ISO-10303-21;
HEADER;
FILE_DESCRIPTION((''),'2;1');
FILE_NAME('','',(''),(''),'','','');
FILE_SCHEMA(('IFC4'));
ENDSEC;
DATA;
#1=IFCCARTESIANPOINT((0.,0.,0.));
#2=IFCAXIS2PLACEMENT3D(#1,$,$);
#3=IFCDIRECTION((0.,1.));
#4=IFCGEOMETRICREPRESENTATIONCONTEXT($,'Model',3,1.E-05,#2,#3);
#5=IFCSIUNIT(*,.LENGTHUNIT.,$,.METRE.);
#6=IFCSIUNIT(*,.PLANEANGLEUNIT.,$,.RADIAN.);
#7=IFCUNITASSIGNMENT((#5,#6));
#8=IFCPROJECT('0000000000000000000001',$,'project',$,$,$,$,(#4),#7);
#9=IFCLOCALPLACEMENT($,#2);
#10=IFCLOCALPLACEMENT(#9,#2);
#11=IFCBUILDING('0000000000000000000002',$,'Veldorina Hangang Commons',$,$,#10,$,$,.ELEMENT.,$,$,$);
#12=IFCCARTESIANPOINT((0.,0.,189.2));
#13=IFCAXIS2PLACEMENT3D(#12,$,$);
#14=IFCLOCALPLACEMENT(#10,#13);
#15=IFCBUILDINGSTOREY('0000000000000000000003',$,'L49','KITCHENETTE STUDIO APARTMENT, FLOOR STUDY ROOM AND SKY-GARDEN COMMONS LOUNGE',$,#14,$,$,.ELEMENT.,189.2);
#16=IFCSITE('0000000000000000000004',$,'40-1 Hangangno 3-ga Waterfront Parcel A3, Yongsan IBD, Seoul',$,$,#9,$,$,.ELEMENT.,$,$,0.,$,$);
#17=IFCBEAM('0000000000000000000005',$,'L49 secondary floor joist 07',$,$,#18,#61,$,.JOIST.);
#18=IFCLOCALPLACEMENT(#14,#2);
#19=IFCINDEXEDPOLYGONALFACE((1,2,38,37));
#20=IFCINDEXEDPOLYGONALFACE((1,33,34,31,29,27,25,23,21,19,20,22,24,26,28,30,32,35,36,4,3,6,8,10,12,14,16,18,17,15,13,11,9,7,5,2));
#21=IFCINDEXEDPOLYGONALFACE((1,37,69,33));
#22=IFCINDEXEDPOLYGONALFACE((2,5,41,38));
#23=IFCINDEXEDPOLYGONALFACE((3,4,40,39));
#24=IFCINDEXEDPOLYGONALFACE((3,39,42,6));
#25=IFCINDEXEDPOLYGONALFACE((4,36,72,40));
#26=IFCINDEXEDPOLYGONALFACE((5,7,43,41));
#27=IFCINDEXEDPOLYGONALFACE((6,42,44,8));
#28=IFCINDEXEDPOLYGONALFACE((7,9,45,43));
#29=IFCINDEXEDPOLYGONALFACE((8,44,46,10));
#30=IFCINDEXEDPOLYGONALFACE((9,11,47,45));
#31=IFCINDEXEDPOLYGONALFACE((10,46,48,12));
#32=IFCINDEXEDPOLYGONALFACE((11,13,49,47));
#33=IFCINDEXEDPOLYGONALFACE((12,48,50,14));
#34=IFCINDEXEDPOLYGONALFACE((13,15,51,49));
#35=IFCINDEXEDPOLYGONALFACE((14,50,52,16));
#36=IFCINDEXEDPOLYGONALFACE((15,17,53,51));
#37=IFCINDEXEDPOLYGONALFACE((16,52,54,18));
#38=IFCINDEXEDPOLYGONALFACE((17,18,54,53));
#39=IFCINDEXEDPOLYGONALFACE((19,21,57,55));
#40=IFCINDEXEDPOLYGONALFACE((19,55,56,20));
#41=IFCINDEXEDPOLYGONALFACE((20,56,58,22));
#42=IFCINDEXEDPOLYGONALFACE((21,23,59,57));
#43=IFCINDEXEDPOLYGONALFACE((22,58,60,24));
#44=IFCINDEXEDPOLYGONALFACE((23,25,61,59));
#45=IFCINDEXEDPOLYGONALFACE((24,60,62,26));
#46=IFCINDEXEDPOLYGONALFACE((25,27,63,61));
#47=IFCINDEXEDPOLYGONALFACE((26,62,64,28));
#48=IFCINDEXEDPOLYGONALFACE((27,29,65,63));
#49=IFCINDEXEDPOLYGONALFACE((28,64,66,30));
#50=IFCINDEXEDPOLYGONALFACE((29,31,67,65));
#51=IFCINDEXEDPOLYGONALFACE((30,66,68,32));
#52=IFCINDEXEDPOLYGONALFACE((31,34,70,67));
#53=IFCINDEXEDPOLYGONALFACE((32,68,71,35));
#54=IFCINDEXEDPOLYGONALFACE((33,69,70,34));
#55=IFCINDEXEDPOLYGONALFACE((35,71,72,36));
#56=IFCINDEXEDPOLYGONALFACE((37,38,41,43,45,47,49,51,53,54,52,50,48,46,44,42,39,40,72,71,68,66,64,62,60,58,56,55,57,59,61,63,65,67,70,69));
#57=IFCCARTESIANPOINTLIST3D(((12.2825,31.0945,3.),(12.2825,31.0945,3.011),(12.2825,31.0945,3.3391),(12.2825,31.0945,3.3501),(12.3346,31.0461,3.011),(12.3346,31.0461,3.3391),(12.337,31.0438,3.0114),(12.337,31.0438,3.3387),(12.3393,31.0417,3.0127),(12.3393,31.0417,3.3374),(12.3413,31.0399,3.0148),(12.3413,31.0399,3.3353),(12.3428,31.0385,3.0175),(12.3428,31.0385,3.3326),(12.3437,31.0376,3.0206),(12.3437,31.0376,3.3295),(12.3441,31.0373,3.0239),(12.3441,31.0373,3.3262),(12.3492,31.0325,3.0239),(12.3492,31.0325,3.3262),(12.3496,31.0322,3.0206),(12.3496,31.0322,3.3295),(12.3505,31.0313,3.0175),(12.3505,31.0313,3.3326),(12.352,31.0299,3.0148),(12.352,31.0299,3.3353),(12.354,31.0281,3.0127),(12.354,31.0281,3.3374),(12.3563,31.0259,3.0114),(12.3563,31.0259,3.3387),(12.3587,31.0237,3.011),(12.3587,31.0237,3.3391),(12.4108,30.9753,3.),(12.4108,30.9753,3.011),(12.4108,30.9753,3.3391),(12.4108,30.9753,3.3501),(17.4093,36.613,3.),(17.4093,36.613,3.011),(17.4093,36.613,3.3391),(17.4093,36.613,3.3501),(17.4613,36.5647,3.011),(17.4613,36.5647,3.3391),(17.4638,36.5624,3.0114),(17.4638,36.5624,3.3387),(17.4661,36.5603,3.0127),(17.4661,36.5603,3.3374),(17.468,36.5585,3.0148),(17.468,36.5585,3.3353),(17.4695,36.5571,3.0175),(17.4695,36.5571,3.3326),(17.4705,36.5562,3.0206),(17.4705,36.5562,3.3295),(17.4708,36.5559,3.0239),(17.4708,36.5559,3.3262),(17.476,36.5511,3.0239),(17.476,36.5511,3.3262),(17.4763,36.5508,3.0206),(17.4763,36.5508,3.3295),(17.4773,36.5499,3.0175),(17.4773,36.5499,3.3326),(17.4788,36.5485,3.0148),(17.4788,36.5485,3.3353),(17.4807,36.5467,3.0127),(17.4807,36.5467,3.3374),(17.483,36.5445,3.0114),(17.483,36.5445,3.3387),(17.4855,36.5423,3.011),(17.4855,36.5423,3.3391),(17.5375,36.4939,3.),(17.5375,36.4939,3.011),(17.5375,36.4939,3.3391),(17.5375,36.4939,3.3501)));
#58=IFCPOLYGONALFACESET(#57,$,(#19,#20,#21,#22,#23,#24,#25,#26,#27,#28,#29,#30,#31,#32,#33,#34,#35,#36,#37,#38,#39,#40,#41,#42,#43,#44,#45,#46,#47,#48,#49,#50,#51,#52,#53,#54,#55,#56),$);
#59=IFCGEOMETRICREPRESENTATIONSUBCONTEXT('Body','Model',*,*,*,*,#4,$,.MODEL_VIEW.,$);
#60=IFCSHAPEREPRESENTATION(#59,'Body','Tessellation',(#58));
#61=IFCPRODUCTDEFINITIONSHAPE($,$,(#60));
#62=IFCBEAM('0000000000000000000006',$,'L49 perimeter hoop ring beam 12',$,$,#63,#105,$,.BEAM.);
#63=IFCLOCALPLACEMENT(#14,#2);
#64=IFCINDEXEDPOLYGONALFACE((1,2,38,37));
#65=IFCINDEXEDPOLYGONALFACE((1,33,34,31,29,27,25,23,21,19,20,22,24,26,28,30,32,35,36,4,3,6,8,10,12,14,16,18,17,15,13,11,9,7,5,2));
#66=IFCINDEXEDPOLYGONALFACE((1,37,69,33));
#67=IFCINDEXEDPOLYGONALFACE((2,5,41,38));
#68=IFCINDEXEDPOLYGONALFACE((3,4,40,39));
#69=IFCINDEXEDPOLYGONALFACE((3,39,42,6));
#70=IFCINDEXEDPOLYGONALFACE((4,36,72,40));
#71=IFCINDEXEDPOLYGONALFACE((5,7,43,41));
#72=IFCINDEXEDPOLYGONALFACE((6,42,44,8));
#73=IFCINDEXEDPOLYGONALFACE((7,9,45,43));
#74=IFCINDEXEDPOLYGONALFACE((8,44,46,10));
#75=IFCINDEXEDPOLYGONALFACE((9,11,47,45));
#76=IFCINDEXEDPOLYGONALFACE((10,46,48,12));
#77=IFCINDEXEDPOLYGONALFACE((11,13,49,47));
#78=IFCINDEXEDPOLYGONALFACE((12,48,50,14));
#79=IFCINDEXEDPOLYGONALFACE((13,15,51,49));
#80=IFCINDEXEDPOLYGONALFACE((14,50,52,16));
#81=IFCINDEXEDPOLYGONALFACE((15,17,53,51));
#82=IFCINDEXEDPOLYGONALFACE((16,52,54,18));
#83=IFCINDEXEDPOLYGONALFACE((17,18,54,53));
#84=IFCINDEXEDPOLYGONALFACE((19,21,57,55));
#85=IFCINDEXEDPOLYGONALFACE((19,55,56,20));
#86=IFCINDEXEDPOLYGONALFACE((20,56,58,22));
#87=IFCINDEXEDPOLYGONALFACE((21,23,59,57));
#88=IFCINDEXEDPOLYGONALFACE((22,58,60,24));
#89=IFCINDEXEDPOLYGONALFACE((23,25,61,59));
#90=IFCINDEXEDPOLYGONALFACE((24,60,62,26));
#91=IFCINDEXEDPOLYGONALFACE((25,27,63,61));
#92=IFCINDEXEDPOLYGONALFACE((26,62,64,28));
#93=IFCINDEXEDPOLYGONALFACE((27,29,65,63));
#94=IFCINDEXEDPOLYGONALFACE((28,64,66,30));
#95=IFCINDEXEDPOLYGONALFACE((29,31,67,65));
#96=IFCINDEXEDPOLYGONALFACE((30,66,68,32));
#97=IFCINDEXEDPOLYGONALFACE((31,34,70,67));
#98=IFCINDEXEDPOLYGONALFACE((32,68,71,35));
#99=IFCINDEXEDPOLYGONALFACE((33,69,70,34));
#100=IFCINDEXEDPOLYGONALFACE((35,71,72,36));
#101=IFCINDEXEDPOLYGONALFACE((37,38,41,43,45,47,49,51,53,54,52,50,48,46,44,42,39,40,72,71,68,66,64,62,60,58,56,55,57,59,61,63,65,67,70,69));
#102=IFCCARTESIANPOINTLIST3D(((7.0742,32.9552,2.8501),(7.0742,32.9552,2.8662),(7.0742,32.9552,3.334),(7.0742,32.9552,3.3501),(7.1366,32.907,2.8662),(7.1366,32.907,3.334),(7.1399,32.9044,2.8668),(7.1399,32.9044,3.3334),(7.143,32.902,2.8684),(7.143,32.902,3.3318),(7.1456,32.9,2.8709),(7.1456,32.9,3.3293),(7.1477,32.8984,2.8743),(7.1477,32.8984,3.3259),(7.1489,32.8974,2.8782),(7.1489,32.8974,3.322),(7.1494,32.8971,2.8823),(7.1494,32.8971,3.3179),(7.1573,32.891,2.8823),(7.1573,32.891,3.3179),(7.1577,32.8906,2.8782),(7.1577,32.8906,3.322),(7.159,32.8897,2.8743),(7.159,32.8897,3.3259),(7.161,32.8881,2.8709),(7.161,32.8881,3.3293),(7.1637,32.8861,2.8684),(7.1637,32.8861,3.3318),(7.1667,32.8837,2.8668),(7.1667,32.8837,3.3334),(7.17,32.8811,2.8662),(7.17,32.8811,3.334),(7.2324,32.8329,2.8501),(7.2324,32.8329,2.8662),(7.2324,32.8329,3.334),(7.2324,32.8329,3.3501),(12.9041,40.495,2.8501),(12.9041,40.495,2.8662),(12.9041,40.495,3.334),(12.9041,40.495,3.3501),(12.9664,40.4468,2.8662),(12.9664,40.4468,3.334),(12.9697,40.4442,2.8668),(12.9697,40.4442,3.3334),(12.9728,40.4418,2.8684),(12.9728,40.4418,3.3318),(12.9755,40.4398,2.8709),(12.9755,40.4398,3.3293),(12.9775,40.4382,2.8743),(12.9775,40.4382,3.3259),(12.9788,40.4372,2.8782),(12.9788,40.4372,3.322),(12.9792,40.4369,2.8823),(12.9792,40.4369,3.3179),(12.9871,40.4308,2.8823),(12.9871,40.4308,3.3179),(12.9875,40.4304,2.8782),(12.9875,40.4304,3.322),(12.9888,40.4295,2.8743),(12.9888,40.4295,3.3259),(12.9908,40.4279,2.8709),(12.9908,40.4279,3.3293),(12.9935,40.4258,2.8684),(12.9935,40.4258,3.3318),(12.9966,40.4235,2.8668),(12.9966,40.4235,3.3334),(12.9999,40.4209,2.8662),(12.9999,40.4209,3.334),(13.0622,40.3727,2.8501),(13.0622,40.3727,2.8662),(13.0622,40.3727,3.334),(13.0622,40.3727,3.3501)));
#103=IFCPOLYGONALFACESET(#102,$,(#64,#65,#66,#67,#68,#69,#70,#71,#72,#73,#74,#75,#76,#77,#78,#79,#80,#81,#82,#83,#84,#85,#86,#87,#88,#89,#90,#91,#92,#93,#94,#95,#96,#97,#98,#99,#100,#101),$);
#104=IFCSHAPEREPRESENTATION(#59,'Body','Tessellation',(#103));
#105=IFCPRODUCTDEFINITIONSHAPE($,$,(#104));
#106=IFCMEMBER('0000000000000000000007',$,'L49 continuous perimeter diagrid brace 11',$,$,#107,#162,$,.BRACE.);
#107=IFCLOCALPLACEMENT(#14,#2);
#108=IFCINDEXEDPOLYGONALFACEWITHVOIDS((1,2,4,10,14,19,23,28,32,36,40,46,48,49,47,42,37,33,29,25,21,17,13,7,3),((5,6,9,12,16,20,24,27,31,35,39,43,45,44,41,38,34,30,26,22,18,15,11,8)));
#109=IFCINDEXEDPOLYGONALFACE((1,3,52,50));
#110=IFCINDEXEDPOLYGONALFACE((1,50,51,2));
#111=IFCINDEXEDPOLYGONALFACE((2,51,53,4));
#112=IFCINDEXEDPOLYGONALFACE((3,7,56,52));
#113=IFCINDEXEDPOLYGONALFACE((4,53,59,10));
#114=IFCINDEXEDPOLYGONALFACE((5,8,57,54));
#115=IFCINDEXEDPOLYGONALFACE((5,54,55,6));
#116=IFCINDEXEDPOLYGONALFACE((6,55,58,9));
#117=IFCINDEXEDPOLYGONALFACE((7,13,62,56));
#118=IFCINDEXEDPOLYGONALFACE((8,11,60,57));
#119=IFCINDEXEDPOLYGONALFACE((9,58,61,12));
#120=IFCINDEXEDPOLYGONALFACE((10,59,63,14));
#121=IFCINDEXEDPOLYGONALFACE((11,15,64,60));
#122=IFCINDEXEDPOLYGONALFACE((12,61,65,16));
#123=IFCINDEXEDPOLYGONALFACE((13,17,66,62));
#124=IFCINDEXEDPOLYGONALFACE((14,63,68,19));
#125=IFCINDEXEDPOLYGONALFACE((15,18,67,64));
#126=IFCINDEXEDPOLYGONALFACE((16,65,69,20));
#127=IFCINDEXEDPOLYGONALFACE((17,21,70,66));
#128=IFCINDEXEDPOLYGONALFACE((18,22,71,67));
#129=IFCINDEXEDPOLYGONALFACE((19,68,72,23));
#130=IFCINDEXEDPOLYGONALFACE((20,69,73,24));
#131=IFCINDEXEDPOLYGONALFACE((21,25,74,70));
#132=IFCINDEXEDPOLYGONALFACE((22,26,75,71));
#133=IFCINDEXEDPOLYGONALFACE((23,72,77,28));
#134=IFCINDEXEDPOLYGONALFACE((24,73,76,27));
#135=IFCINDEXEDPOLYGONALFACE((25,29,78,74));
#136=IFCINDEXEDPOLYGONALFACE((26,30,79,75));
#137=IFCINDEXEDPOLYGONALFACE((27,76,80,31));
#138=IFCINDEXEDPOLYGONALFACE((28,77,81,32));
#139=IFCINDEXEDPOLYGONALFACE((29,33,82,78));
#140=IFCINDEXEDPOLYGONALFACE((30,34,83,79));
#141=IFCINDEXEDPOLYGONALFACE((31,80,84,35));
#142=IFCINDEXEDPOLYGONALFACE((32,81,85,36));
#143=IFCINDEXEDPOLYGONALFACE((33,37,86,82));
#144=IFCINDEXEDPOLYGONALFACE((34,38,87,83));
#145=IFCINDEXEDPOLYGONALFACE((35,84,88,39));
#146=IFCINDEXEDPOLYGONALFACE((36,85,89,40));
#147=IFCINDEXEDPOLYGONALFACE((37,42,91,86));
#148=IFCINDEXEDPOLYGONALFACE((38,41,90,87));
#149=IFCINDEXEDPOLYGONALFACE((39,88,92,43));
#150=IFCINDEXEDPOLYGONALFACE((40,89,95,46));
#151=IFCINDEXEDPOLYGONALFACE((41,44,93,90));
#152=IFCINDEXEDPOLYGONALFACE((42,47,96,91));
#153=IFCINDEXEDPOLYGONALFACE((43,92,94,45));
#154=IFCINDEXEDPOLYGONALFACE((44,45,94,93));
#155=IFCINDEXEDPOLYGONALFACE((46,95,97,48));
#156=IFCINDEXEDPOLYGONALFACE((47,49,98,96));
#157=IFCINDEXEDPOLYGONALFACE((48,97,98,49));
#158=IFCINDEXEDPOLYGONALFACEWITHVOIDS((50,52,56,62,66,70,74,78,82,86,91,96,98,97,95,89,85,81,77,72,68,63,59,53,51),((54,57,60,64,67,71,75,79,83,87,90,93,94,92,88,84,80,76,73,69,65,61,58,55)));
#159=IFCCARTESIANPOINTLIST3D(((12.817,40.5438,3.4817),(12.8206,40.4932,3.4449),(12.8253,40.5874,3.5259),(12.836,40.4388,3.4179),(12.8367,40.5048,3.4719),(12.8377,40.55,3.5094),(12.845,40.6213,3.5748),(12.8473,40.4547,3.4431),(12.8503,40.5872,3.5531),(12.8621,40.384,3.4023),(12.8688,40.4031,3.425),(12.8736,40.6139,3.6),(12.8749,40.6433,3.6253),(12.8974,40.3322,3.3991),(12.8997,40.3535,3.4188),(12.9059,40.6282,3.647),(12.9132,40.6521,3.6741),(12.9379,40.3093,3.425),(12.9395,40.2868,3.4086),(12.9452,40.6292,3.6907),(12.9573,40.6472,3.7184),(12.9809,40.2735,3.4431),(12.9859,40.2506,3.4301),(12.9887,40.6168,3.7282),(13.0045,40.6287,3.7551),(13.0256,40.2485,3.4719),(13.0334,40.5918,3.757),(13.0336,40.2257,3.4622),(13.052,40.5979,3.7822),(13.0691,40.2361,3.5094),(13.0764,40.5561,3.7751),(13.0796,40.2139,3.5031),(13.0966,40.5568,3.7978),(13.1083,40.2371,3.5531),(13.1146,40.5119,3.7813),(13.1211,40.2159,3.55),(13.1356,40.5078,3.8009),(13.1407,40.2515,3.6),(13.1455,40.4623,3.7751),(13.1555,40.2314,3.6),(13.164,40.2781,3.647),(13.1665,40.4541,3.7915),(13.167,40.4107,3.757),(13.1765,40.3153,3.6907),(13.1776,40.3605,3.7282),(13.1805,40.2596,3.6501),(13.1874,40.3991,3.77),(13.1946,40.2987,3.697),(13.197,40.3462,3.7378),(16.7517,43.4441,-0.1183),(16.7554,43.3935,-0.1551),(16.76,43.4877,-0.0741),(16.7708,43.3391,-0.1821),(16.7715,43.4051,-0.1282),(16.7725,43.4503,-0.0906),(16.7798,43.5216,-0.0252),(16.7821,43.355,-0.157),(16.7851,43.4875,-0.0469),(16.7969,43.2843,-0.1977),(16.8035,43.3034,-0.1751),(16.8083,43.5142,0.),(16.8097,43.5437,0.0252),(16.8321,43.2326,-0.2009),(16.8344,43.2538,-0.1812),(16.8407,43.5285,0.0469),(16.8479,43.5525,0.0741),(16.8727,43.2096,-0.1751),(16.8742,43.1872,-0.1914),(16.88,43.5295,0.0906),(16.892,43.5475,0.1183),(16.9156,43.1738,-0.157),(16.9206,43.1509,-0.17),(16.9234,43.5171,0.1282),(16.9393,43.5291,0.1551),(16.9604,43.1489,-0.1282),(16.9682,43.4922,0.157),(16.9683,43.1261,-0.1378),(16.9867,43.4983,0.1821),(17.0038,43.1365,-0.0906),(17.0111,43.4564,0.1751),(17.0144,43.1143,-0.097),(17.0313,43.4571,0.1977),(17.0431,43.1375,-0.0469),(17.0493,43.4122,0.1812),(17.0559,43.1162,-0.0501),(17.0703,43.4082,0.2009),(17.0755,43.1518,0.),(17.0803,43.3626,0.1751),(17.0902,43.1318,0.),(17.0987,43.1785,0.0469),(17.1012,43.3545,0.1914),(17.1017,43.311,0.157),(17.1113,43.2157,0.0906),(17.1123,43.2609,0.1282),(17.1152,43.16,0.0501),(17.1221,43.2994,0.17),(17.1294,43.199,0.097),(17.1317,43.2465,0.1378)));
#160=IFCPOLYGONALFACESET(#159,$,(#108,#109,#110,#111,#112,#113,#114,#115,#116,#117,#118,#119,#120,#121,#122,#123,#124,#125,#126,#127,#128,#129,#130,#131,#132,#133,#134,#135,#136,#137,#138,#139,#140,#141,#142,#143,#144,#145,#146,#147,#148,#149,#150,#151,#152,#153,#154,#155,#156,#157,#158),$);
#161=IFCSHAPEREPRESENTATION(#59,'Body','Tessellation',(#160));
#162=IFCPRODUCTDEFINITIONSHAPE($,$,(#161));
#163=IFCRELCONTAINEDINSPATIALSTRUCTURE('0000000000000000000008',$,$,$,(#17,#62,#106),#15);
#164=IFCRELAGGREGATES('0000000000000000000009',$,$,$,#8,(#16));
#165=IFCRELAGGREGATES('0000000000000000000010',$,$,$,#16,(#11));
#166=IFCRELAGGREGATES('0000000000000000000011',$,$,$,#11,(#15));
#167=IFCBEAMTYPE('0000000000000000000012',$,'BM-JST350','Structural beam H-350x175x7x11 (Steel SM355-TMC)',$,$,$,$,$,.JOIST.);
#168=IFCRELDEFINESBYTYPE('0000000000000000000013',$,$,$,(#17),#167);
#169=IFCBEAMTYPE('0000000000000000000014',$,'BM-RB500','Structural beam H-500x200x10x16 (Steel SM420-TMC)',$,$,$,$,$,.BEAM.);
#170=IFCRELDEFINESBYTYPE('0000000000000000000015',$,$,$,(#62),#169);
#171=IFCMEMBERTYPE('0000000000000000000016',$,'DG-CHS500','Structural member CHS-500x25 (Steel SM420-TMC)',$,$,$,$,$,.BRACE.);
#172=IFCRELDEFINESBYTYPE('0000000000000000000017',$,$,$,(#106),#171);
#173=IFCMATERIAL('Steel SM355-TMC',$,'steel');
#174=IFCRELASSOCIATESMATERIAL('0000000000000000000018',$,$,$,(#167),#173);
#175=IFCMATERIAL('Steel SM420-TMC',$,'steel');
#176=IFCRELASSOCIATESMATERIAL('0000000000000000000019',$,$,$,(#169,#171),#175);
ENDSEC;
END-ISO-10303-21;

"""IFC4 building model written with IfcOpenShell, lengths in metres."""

from ifc_helpers import new_model, si_unit, direction, frame, origin, origin_2d, place, context, subcontext, project, spatial, hollow_circle, i_section, extrude, material, material_profile, profile_set, type_object, element, save


model = new_model("IFC4")

# Units and contexts
model_context = context("Model", 3, precision=1e-05, world=origin(), true_north=direction((0.0, 1.0)))
body_context = subcontext(model_context, "Body", "Model", "MODEL_VIEW")
ifc_project = project(units=[si_unit("LENGTHUNIT", "METRE"), si_unit("PLANEANGLEUNIT", "RADIAN")], contexts=[model_context])

# Site, building, storey
site_placement = place(None, origin())
site = spatial("IfcSite", under=ifc_project, at=site_placement, Name="40-1 Hangangno 3-ga Waterfront Parcel A3, Yongsan IBD, Seoul", CompositionType="ELEMENT", RefElevation=0.0)
building_placement = place(site_placement, origin())
building = spatial("IfcBuilding", under=site, at=building_placement, Name="Veldorina Hangang Commons", CompositionType="ELEMENT")
storey_placement = place(building_placement, frame((0.0, 0.0, 189.2)))
storey = spatial("IfcBuildingStorey", under=building, at=storey_placement, Name="L49", Description="KITCHENETTE STUDIO APARTMENT, FLOOR STUDY ROOM AND SKY-GARDEN COMMONS LOUNGE", CompositionType="ELEMENT", Elevation=189.2)

# Beams
ifc_material_1 = material(Name="Steel SM355-TMC", Category="steel")
ifc_material_profile_1 = material_profile(ifc_material_1, i_section(OverallWidth=0.175, OverallDepth=0.3501, WebThickness=0.0071, FlangeThickness=0.011, FilletRadius=0.0129, at=origin_2d()), Name="H-350x175x7x11")
ifc_profile_set_1 = profile_set([ifc_material_profile_1], Name="Steel SM355-TMC")
beam_type_1 = type_object("IfcBeamType", Name="BM-JST350", Description="Structural beam H-350x175x7x11 (Steel SM355-TMC)", PredefinedType="JOIST", material=ifc_profile_set_1)
beam_1_placement = place(storey_placement, frame((17.4734, 36.5535, 3.175), z_axis=(-0.680618, -0.732639, 0.0), x_axis=(0.732639, -0.680618, 0.0)))
element("IfcBeam", 1, at=beam_1_placement, inside=storey, type_object=beam_type_1, Name="L49 secondary floor joist 07", PredefinedType="JOIST", context=body_context, shape_type="SweptSolid", body=[
    extrude(i_section(OverallWidth=0.175, OverallDepth=0.3501, WebThickness=0.0071, FlangeThickness=0.011, FilletRadius=0.0129, at=origin_2d()), origin(), (0.0, 0.0, 1.0), 7.5325),
])
ifc_material_2 = material(Name="Steel SM420-TMC", Category="steel")
ifc_material_profile_2 = material_profile(ifc_material_2, i_section(OverallWidth=0.2, OverallDepth=0.5, WebThickness=0.01, FlangeThickness=0.0161, FilletRadius=0.0161, at=origin_2d()), Name="H-500x200x10x16")
ifc_profile_set_2 = profile_set([ifc_material_profile_2], Name="Steel SM420-TMC")
beam_type_2 = type_object("IfcBeamType", Name="BM-RB500", Description="Structural beam H-500x200x10x16 (Steel SM420-TMC)", PredefinedType="BEAM", material=ifc_profile_set_2)
beam_2_placement = place(storey_placement, frame((12.9832, 40.4338, 3.1001), z_axis=(-0.611686, -0.791101, 0.0), x_axis=(0.791101, -0.611686, 0.0)))
element("IfcBeam", 2, at=beam_2_placement, inside=storey, type_object=beam_type_2, Name="L49 perimeter hoop ring beam 12", PredefinedType="BEAM", context=body_context, shape_type="SweptSolid", body=[
    extrude(i_section(OverallWidth=0.2, OverallDepth=0.5, WebThickness=0.01, FlangeThickness=0.0161, FilletRadius=0.0161, at=origin_2d()), origin(), (0.0, 0.0, 1.0), 9.5308),
])

# Member
ifc_material_profile_3 = material_profile(ifc_material_2, hollow_circle(Radius=0.25, WallThickness=0.0249, at=origin_2d()), Name="CHS-500x25")
ifc_profile_set_3 = profile_set([ifc_material_profile_3], Name="Steel SM420-TMC")
member_type = type_object("IfcMemberType", Name="DG-CHS500", Description="Structural member CHS-500x25 (Steel SM420-TMC)", PredefinedType="BRACE", material=ifc_profile_set_3)
member_1_placement = place(storey_placement, frame((16.9419, 43.333, 0.0), z_axis=(-0.648144, -0.477754, 0.59301), x_axis=(0.593339, -0.804953, 0.0)))
element("IfcMember", 3, at=member_1_placement, inside=storey, type_object=member_type, Name="L49 continuous perimeter diagrid brace 11", PredefinedType="BRACE", context=body_context, shape_type="SweptSolid", body=[
    extrude(hollow_circle(Radius=0.25, WallThickness=0.0249, at=origin_2d()), origin(), (0.0, 0.0, 1.0), 6.0708),
])

save(model, "model.ifc")
